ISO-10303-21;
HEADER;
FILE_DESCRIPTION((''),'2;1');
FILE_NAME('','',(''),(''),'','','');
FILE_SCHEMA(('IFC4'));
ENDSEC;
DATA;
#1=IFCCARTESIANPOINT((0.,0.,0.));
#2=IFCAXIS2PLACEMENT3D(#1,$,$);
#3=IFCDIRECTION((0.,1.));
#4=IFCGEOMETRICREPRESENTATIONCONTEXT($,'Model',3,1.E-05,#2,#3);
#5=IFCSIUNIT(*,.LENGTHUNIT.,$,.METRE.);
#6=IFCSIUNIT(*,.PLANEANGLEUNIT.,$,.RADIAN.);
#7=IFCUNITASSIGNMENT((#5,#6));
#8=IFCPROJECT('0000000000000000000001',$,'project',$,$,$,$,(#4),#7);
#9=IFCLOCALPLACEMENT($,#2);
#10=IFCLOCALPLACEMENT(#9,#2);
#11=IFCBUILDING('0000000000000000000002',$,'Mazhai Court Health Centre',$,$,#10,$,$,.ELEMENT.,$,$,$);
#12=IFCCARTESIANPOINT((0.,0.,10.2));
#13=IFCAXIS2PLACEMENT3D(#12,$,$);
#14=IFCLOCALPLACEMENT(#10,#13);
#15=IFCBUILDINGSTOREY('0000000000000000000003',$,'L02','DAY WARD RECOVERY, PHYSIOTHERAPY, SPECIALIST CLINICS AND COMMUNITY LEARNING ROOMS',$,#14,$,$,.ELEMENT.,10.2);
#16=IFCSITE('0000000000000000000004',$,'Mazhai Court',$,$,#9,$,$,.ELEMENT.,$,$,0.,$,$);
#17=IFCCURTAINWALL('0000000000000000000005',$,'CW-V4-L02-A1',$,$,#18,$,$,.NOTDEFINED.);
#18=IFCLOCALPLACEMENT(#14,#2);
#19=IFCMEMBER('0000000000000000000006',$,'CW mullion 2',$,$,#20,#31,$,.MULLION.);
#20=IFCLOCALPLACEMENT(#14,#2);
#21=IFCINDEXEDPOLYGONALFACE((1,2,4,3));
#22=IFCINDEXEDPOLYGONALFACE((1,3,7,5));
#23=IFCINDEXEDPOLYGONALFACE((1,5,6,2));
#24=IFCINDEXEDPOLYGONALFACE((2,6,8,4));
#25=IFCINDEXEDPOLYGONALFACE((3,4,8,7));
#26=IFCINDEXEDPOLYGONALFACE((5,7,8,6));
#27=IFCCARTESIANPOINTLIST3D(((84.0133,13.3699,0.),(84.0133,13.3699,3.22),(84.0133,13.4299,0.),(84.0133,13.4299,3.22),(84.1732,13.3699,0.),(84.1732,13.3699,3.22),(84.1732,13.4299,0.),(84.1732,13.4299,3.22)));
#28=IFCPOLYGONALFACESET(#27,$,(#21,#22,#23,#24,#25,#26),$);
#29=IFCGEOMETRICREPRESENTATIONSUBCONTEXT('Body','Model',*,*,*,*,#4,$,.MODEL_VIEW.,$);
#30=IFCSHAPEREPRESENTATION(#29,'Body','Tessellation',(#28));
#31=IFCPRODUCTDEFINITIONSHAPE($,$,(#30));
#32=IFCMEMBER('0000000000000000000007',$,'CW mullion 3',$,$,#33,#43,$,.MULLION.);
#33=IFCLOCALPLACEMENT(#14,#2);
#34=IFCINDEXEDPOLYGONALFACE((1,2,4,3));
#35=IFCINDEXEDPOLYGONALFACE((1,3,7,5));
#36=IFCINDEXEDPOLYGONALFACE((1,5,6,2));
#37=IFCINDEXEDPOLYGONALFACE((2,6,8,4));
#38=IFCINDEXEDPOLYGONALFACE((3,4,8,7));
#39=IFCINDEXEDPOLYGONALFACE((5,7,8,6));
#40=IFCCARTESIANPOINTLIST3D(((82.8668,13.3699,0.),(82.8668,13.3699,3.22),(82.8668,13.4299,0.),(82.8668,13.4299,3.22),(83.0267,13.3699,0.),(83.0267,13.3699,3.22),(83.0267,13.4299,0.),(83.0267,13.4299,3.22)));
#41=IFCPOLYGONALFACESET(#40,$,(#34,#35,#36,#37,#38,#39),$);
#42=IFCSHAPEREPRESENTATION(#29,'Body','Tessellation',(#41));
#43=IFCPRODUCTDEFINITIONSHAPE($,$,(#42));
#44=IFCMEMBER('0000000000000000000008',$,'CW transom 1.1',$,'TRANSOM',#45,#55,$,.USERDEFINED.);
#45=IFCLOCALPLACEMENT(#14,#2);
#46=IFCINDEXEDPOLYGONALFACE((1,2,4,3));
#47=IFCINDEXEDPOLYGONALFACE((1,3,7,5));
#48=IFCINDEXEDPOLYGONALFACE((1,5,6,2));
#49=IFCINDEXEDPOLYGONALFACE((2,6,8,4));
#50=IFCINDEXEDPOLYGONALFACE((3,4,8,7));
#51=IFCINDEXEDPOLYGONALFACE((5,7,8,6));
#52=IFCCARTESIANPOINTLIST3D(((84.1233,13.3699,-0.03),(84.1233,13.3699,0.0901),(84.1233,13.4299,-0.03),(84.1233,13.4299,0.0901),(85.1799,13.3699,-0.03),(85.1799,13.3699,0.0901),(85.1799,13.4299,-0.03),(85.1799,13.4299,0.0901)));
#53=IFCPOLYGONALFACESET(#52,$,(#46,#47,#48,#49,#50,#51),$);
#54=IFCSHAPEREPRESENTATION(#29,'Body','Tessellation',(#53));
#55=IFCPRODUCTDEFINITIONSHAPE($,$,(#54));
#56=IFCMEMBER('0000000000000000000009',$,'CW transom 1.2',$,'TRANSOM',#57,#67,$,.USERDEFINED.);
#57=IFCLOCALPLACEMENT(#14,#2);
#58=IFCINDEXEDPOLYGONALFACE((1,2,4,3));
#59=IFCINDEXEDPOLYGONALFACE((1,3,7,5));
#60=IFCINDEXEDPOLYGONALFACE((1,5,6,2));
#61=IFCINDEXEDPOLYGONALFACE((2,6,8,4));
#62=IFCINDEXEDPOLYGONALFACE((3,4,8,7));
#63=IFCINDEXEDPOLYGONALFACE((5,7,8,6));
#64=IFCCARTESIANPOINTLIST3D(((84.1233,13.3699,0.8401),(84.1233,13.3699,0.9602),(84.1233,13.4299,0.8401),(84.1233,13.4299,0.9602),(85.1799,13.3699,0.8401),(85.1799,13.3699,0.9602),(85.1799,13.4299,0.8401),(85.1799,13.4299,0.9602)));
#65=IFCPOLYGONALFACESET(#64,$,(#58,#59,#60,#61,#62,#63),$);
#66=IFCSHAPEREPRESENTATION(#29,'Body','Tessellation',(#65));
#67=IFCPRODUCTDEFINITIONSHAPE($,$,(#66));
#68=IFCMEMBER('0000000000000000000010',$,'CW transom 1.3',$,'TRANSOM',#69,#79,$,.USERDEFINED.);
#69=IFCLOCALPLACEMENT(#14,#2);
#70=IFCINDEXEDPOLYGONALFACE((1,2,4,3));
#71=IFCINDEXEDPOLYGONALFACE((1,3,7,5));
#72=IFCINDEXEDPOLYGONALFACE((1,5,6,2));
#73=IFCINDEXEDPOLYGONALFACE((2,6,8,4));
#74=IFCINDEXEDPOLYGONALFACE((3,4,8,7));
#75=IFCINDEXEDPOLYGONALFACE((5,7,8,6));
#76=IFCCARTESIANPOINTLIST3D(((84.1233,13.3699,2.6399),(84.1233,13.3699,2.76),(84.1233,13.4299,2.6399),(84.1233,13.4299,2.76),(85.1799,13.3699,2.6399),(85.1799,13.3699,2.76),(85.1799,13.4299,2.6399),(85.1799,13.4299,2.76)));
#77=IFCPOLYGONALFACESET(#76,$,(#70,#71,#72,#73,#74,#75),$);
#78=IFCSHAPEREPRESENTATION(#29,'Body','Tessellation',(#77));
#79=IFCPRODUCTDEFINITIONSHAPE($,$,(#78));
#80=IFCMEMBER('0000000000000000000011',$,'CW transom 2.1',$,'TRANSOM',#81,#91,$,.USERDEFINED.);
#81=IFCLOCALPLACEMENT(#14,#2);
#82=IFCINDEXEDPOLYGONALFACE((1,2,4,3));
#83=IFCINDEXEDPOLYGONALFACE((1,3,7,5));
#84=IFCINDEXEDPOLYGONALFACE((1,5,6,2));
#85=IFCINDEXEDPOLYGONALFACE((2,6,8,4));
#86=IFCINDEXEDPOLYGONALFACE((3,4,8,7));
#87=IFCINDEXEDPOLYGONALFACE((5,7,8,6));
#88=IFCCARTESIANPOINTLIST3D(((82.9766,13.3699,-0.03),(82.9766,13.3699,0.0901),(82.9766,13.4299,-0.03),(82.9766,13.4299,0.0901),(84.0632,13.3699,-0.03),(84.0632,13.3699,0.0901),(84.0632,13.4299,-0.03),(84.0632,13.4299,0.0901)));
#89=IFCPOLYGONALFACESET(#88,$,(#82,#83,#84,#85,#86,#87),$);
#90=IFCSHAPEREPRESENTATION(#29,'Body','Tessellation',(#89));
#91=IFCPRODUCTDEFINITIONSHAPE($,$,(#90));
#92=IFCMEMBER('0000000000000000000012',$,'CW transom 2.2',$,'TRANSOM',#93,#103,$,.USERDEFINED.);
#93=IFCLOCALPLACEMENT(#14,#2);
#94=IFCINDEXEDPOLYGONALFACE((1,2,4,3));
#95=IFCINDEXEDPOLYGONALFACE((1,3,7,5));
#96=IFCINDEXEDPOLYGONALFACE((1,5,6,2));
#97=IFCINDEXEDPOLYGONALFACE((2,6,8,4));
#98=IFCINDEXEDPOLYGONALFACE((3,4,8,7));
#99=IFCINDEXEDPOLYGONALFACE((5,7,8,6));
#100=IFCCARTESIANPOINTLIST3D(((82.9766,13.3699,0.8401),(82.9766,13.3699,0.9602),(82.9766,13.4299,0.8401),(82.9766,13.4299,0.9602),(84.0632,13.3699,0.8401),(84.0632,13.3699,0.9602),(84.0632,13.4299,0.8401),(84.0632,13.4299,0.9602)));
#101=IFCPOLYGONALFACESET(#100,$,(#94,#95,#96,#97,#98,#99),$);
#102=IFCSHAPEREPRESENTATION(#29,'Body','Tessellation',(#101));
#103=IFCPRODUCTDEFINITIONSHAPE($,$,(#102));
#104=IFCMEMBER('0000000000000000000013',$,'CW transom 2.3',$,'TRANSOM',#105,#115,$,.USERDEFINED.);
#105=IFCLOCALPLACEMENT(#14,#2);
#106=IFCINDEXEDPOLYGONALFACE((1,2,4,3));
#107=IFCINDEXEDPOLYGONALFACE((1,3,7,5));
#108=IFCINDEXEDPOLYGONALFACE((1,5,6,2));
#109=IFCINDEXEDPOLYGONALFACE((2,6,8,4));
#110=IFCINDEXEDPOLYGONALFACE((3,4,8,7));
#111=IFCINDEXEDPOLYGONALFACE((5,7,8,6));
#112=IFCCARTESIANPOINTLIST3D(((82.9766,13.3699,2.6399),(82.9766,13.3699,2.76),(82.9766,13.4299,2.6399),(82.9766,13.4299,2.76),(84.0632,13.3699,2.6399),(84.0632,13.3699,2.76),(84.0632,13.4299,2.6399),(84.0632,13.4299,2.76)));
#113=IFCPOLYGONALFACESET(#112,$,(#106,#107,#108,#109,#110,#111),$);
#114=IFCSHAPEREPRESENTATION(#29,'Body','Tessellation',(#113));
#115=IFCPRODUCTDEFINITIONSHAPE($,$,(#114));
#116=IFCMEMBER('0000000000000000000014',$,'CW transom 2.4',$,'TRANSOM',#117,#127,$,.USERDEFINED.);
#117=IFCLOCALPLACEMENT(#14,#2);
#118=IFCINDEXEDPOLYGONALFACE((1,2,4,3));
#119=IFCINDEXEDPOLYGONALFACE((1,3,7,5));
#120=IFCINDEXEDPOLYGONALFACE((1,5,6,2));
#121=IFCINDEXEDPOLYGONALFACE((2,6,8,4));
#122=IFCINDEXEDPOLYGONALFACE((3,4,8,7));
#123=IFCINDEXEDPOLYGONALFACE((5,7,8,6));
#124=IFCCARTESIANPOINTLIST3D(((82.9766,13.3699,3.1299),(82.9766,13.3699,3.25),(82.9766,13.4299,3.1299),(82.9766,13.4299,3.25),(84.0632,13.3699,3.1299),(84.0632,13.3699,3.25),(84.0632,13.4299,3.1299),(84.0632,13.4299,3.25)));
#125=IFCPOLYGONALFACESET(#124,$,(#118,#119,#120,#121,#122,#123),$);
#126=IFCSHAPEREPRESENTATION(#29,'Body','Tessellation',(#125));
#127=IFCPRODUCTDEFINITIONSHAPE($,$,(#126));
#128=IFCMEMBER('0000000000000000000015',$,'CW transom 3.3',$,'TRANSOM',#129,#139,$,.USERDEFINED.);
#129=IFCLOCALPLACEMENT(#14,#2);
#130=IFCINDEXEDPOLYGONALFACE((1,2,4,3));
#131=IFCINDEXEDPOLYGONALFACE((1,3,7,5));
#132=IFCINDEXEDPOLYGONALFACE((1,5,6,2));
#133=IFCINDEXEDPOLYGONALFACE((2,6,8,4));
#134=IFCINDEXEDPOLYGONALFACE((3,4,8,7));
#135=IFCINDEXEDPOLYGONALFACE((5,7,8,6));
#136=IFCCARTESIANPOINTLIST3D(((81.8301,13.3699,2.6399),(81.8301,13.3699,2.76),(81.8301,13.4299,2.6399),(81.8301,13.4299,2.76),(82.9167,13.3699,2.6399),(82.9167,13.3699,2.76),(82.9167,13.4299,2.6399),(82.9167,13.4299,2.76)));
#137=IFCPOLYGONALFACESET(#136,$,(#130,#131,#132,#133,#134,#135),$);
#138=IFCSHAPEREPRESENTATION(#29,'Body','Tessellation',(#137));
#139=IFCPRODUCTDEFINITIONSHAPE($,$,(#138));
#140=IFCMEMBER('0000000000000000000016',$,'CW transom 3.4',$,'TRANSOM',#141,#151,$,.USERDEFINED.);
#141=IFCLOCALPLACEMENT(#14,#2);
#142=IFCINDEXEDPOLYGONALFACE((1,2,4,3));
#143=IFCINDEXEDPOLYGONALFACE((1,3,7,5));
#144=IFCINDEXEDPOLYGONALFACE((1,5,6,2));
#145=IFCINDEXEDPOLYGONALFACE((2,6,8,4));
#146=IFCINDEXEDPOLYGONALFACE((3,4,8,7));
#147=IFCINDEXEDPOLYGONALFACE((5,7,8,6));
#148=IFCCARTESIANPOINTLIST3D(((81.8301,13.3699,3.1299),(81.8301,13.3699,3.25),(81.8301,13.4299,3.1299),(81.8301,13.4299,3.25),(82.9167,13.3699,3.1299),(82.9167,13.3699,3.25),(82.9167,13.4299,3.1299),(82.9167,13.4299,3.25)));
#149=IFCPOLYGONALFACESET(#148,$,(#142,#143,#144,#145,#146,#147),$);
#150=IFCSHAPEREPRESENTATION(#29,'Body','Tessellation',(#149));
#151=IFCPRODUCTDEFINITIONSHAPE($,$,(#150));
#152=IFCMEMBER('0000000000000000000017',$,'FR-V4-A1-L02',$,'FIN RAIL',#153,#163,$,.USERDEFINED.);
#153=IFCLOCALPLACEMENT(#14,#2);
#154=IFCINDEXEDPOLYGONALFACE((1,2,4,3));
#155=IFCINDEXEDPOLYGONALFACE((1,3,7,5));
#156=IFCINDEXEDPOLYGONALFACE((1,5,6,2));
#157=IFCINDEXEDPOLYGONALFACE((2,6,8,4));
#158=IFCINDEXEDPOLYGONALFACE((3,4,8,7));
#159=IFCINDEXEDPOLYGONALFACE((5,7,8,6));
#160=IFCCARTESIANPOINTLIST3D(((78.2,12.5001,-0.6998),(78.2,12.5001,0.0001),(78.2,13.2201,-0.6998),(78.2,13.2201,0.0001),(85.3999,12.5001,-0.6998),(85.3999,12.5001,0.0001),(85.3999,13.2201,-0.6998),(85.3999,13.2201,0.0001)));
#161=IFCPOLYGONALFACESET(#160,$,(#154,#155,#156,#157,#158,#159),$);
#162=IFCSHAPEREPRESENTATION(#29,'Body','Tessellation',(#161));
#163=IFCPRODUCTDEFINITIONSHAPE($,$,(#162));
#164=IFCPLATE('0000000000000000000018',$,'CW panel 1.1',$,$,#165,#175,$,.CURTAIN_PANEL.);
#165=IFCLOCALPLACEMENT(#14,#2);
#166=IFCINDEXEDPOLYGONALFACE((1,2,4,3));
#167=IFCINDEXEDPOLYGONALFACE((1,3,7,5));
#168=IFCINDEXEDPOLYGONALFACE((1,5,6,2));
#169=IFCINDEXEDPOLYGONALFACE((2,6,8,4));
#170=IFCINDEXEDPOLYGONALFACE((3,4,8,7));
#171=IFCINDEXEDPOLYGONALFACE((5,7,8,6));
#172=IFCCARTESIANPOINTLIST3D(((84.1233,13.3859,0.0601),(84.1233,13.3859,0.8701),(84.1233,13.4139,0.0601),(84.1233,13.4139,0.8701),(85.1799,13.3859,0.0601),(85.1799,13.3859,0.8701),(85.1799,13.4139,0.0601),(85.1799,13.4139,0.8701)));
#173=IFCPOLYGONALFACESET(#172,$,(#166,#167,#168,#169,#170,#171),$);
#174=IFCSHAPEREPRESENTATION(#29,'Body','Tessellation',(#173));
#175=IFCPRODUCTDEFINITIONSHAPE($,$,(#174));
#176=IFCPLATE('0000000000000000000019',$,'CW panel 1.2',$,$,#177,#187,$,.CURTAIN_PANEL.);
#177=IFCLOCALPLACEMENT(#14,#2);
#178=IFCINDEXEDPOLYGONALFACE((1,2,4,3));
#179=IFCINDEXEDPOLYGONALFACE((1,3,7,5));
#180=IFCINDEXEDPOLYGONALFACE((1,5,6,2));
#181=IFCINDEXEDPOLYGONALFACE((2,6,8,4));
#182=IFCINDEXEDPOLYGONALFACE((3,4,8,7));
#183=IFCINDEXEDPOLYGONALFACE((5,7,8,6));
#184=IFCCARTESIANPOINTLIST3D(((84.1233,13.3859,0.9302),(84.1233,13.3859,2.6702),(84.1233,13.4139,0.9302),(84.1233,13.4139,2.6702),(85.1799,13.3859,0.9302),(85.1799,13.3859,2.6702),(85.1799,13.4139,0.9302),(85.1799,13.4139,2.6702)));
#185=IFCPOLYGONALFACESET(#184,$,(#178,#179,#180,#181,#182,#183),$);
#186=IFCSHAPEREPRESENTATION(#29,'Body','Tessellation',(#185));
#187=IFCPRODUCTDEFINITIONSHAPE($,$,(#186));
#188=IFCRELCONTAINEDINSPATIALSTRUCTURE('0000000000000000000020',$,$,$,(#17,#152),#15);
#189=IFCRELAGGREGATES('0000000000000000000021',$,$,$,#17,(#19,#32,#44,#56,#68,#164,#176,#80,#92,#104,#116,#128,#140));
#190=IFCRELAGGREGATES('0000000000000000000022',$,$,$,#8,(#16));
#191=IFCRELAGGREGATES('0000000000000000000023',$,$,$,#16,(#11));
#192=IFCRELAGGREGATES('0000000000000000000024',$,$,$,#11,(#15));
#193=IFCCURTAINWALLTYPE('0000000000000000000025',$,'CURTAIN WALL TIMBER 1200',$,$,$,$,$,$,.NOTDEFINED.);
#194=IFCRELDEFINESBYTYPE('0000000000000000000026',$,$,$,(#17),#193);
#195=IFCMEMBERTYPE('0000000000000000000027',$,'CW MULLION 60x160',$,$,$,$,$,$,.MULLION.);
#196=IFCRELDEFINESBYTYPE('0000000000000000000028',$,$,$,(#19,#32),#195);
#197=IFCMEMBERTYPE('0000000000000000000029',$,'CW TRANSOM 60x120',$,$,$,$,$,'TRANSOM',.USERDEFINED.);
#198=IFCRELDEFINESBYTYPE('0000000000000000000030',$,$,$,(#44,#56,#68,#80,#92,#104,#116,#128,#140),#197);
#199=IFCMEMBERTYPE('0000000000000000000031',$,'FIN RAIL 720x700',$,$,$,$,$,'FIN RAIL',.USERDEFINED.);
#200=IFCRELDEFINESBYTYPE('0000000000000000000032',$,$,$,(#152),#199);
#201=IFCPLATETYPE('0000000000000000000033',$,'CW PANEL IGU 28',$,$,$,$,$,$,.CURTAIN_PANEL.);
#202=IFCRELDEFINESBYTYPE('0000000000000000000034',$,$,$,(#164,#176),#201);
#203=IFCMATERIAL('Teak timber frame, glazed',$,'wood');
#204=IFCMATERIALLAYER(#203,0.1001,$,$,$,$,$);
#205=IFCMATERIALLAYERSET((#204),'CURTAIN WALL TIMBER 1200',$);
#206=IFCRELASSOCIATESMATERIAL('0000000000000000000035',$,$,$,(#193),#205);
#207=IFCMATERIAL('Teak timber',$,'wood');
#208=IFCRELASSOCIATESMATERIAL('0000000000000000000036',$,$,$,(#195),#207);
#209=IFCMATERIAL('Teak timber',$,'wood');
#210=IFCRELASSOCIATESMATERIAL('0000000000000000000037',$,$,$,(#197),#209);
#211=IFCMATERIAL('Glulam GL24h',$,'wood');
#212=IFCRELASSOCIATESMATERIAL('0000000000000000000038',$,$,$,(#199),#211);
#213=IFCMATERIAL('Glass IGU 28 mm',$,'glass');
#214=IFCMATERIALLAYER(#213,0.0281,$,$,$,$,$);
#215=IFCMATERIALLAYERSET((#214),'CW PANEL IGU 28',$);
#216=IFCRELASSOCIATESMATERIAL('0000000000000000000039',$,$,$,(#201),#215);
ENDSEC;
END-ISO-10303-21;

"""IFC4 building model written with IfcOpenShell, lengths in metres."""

from ifc_helpers import new_model, si_unit, direction, frame, origin, origin_2d, place, context, subcontext, project, spatial, rectangle, extrude, material, layer, layer_set, material_profile, profile_set, type_object, element, aggregate, save


model = new_model("IFC4")

# Units and contexts
model_context = context("Model", 3, precision=1e-05, world=origin(), true_north=direction((0.0, 1.0)))
body_context = subcontext(model_context, "Body", "Model", "MODEL_VIEW")
ifc_project = project(units=[si_unit("LENGTHUNIT", "METRE"), si_unit("PLANEANGLEUNIT", "RADIAN")], contexts=[model_context])

# Site, building, storey
site_placement = place(None, origin())
site = spatial("IfcSite", under=ifc_project, at=site_placement, Name="Mazhai Court", CompositionType="ELEMENT", RefElevation=0.0)
building_placement = place(site_placement, origin())
building = spatial("IfcBuilding", under=site, at=building_placement, Name="Mazhai Court Health Centre", CompositionType="ELEMENT")
storey_placement = place(building_placement, frame((0.0, 0.0, 10.2)))
storey = spatial("IfcBuildingStorey", under=building, at=storey_placement, Name="L02", Description="DAY WARD RECOVERY, PHYSIOTHERAPY, SPECIALIST CLINICS AND COMMUNITY LEARNING ROOMS", CompositionType="ELEMENT", Elevation=10.2)

# Curtain wall, members
ifc_material_1 = material(Name="Teak timber frame, glazed", Category="wood")
ifc_layer_1 = layer(ifc_material_1, 0.1001)
ifc_layer_set_1 = layer_set([ifc_layer_1], Name="CURTAIN WALL TIMBER 1200")
curtain_wall_type = type_object("IfcCurtainWallType", Name="CURTAIN WALL TIMBER 1200", PredefinedType="NOTDEFINED", material=ifc_layer_set_1)
curtain_wall_placement = place(storey_placement, origin())
curtain_wall = element("IfcCurtainWall", 1, at=curtain_wall_placement, inside=storey, type_object=curtain_wall_type, Name="CW-V4-L02-A1", PredefinedType="NOTDEFINED")
ifc_material_2 = material(Name="Teak timber", Category="wood")
ifc_material_profile_1 = material_profile(ifc_material_2, rectangle(XDim=0.0601, YDim=0.1599, at=origin_2d()), Name="CW MULLION 60x160")
ifc_profile_set_1 = profile_set([ifc_material_profile_1], Name="Teak timber")
member_type_1 = type_object("IfcMemberType", Name="CW MULLION 60x160", PredefinedType="MULLION", material=ifc_profile_set_1)
member_1_placement = place(storey_placement, frame((84.0933, 13.3999, 0.0), z_axis=(0.0, 0.0, 1.0), x_axis=(0.0, -1.0, 0.0)))
member_1 = element("IfcMember", 2, at=member_1_placement, type_object=member_type_1, Name="CW mullion 2", PredefinedType="MULLION", context=body_context, shape_type="SweptSolid", body=[
    extrude(rectangle(XDim=0.0601, YDim=0.1599, at=origin_2d()), origin(), (0.0, 0.0, 1.0), 3.22),
])
member_2_placement = place(storey_placement, frame((82.9468, 13.3999, 0.0), z_axis=(0.0, 0.0, 1.0), x_axis=(0.0, -1.0, 0.0)))
member_2 = element("IfcMember", 3, at=member_2_placement, type_object=member_type_1, Name="CW mullion 3", PredefinedType="MULLION", context=body_context, shape_type="SweptSolid", body=[
    extrude(rectangle(XDim=0.0601, YDim=0.1599, at=origin_2d()), origin(), (0.0, 0.0, 1.0), 3.22),
])
ifc_material_3 = material(Name="Teak timber", Category="wood")
ifc_material_profile_2 = material_profile(ifc_material_3, rectangle(XDim=0.0601, YDim=0.1201, at=origin_2d()), Name="CW TRANSOM 60x120")
ifc_profile_set_2 = profile_set([ifc_material_profile_2], Name="Teak timber")
member_type_2 = type_object("IfcMemberType", Name="CW TRANSOM 60x120", ElementType="TRANSOM", PredefinedType="USERDEFINED", material=ifc_profile_set_2)
member_3_placement = place(storey_placement, frame((85.1799, 13.3999, 0.03), z_axis=(-1.0, 0.0, 0.0), x_axis=(0.0, -1.0, 0.0)))
member_3 = element("IfcMember", 4, at=member_3_placement, type_object=member_type_2, Name="CW transom 1.1", ObjectType="TRANSOM", PredefinedType="USERDEFINED", context=body_context, shape_type="SweptSolid", body=[
    extrude(rectangle(XDim=0.0601, YDim=0.1201, at=origin_2d()), origin(), (0.0, 0.0, 1.0), 1.0566),
])
member_4_placement = place(storey_placement, frame((85.1799, 13.3999, 0.9001), z_axis=(-1.0, 0.0, 0.0), x_axis=(0.0, -1.0, 0.0)))
member_4 = element("IfcMember", 5, at=member_4_placement, type_object=member_type_2, Name="CW transom 1.2", ObjectType="TRANSOM", PredefinedType="USERDEFINED", context=body_context, shape_type="SweptSolid", body=[
    extrude(rectangle(XDim=0.0601, YDim=0.1201, at=origin_2d()), origin(), (0.0, 0.0, 1.0), 1.0566),
])
member_5_placement = place(storey_placement, frame((85.1799, 13.3999, 2.7), z_axis=(-1.0, 0.0, 0.0), x_axis=(0.0, -1.0, 0.0)))
member_5 = element("IfcMember", 6, at=member_5_placement, type_object=member_type_2, Name="CW transom 1.3", ObjectType="TRANSOM", PredefinedType="USERDEFINED", context=body_context, shape_type="SweptSolid", body=[
    extrude(rectangle(XDim=0.0601, YDim=0.1201, at=origin_2d()), origin(), (0.0, 0.0, 1.0), 1.0566),
])
member_6_placement = place(storey_placement, frame((84.0632, 13.3999, 0.03), z_axis=(-1.0, 0.0, 0.0), x_axis=(0.0, -1.0, 0.0)))
member_6 = element("IfcMember", 7, at=member_6_placement, type_object=member_type_2, Name="CW transom 2.1", ObjectType="TRANSOM", PredefinedType="USERDEFINED", context=body_context, shape_type="SweptSolid", body=[
    extrude(rectangle(XDim=0.0601, YDim=0.1201, at=origin_2d()), origin(), (0.0, 0.0, 1.0), 1.0867),
])
member_7_placement = place(storey_placement, frame((84.0632, 13.3999, 0.9001), z_axis=(-1.0, 0.0, 0.0), x_axis=(0.0, -1.0, 0.0)))
member_7 = element("IfcMember", 8, at=member_7_placement, type_object=member_type_2, Name="CW transom 2.2", ObjectType="TRANSOM", PredefinedType="USERDEFINED", context=body_context, shape_type="SweptSolid", body=[
    extrude(rectangle(XDim=0.0601, YDim=0.1201, at=origin_2d()), origin(), (0.0, 0.0, 1.0), 1.0867),
])
member_8_placement = place(storey_placement, frame((84.0632, 13.3999, 2.7), z_axis=(-1.0, 0.0, 0.0), x_axis=(0.0, -1.0, 0.0)))
member_8 = element("IfcMember", 9, at=member_8_placement, type_object=member_type_2, Name="CW transom 2.3", ObjectType="TRANSOM", PredefinedType="USERDEFINED", context=body_context, shape_type="SweptSolid", body=[
    extrude(rectangle(XDim=0.0601, YDim=0.1201, at=origin_2d()), origin(), (0.0, 0.0, 1.0), 1.0867),
])
member_9_placement = place(storey_placement, frame((84.0632, 13.3999, 3.1899), z_axis=(-1.0, 0.0, 0.0), x_axis=(0.0, -1.0, 0.0)))
member_9 = element("IfcMember", 10, at=member_9_placement, type_object=member_type_2, Name="CW transom 2.4", ObjectType="TRANSOM", PredefinedType="USERDEFINED", context=body_context, shape_type="SweptSolid", body=[
    extrude(rectangle(XDim=0.0601, YDim=0.1201, at=origin_2d()), origin(), (0.0, 0.0, 1.0), 1.0867),
])
member_10_placement = place(storey_placement, frame((82.9167, 13.3999, 2.7), z_axis=(-1.0, 0.0, 0.0), x_axis=(0.0, -1.0, 0.0)))
member_10 = element("IfcMember", 11, at=member_10_placement, type_object=member_type_2, Name="CW transom 3.3", ObjectType="TRANSOM", PredefinedType="USERDEFINED", context=body_context, shape_type="SweptSolid", body=[
    extrude(rectangle(XDim=0.0601, YDim=0.1201, at=origin_2d()), origin(), (0.0, 0.0, 1.0), 1.0867),
])
member_11_placement = place(storey_placement, frame((82.9167, 13.3999, 3.1899), z_axis=(-1.0, 0.0, 0.0), x_axis=(0.0, -1.0, 0.0)))
member_11 = element("IfcMember", 12, at=member_11_placement, type_object=member_type_2, Name="CW transom 3.4", ObjectType="TRANSOM", PredefinedType="USERDEFINED", context=body_context, shape_type="SweptSolid", body=[
    extrude(rectangle(XDim=0.0601, YDim=0.1201, at=origin_2d()), origin(), (0.0, 0.0, 1.0), 1.0867),
])

# Member
ifc_material_4 = material(Name="Glulam GL24h", Category="wood")
ifc_material_profile_3 = material_profile(ifc_material_4, rectangle(XDim=0.72, YDim=0.7, at=origin_2d()), Name="FIN RAIL 720x700")
ifc_profile_set_3 = profile_set([ifc_material_profile_3], Name="Glulam GL24h")
member_type_3 = type_object("IfcMemberType", Name="FIN RAIL 720x700", ElementType="FIN RAIL", PredefinedType="USERDEFINED", material=ifc_profile_set_3)
member_12_placement = place(storey_placement, frame((85.3999, 12.8601, -0.3499), z_axis=(-1.0, 0.0, 0.0), x_axis=(0.0, -1.0, 0.0)))
element("IfcMember", 13, at=member_12_placement, inside=storey, type_object=member_type_3, Name="FR-V4-A1-L02", ObjectType="FIN RAIL", PredefinedType="USERDEFINED", context=body_context, shape_type="SweptSolid", body=[
    extrude(rectangle(XDim=0.72, YDim=0.7, at=origin_2d()), origin(), (0.0, 0.0, 1.0), 7.2),
])

# Plates
ifc_material_5 = material(Name="Glass IGU 28 mm", Category="glass")
ifc_layer_2 = layer(ifc_material_5, 0.0281)
ifc_layer_set_2 = layer_set([ifc_layer_2], Name="CW PANEL IGU 28")
plate_type = type_object("IfcPlateType", Name="CW PANEL IGU 28", PredefinedType="CURTAIN_PANEL", material=ifc_layer_set_2)
plate_1_placement = place(storey_placement, frame((84.6516, 13.3999, 0.0601), z_axis=(0.0, 0.0, 1.0), x_axis=(-1.0, 0.0, 0.0)))
plate_1 = element("IfcPlate", 14, at=plate_1_placement, type_object=plate_type, Name="CW panel 1.1", PredefinedType="CURTAIN_PANEL", context=body_context, shape_type="SweptSolid", body=[
    extrude(rectangle(XDim=1.0566, YDim=0.0281, at=origin_2d()), origin(), (0.0, 0.0, 1.0), 0.8101),
])
plate_2_placement = place(storey_placement, frame((84.6516, 13.3999, 0.9302), z_axis=(0.0, 0.0, 1.0), x_axis=(-1.0, 0.0, 0.0)))
plate_2 = element("IfcPlate", 15, at=plate_2_placement, type_object=plate_type, Name="CW panel 1.2", PredefinedType="CURTAIN_PANEL", context=body_context, shape_type="SweptSolid", body=[
    extrude(rectangle(XDim=1.0566, YDim=0.0281, at=origin_2d()), origin(), (0.0, 0.0, 1.0), 1.74),
])
aggregate(curtain_wall, [member_1, member_2, member_3, member_4, member_5, plate_1, plate_2, member_6, member_7, member_8, member_9, member_10, member_11])

save(model, "model.ifc")
